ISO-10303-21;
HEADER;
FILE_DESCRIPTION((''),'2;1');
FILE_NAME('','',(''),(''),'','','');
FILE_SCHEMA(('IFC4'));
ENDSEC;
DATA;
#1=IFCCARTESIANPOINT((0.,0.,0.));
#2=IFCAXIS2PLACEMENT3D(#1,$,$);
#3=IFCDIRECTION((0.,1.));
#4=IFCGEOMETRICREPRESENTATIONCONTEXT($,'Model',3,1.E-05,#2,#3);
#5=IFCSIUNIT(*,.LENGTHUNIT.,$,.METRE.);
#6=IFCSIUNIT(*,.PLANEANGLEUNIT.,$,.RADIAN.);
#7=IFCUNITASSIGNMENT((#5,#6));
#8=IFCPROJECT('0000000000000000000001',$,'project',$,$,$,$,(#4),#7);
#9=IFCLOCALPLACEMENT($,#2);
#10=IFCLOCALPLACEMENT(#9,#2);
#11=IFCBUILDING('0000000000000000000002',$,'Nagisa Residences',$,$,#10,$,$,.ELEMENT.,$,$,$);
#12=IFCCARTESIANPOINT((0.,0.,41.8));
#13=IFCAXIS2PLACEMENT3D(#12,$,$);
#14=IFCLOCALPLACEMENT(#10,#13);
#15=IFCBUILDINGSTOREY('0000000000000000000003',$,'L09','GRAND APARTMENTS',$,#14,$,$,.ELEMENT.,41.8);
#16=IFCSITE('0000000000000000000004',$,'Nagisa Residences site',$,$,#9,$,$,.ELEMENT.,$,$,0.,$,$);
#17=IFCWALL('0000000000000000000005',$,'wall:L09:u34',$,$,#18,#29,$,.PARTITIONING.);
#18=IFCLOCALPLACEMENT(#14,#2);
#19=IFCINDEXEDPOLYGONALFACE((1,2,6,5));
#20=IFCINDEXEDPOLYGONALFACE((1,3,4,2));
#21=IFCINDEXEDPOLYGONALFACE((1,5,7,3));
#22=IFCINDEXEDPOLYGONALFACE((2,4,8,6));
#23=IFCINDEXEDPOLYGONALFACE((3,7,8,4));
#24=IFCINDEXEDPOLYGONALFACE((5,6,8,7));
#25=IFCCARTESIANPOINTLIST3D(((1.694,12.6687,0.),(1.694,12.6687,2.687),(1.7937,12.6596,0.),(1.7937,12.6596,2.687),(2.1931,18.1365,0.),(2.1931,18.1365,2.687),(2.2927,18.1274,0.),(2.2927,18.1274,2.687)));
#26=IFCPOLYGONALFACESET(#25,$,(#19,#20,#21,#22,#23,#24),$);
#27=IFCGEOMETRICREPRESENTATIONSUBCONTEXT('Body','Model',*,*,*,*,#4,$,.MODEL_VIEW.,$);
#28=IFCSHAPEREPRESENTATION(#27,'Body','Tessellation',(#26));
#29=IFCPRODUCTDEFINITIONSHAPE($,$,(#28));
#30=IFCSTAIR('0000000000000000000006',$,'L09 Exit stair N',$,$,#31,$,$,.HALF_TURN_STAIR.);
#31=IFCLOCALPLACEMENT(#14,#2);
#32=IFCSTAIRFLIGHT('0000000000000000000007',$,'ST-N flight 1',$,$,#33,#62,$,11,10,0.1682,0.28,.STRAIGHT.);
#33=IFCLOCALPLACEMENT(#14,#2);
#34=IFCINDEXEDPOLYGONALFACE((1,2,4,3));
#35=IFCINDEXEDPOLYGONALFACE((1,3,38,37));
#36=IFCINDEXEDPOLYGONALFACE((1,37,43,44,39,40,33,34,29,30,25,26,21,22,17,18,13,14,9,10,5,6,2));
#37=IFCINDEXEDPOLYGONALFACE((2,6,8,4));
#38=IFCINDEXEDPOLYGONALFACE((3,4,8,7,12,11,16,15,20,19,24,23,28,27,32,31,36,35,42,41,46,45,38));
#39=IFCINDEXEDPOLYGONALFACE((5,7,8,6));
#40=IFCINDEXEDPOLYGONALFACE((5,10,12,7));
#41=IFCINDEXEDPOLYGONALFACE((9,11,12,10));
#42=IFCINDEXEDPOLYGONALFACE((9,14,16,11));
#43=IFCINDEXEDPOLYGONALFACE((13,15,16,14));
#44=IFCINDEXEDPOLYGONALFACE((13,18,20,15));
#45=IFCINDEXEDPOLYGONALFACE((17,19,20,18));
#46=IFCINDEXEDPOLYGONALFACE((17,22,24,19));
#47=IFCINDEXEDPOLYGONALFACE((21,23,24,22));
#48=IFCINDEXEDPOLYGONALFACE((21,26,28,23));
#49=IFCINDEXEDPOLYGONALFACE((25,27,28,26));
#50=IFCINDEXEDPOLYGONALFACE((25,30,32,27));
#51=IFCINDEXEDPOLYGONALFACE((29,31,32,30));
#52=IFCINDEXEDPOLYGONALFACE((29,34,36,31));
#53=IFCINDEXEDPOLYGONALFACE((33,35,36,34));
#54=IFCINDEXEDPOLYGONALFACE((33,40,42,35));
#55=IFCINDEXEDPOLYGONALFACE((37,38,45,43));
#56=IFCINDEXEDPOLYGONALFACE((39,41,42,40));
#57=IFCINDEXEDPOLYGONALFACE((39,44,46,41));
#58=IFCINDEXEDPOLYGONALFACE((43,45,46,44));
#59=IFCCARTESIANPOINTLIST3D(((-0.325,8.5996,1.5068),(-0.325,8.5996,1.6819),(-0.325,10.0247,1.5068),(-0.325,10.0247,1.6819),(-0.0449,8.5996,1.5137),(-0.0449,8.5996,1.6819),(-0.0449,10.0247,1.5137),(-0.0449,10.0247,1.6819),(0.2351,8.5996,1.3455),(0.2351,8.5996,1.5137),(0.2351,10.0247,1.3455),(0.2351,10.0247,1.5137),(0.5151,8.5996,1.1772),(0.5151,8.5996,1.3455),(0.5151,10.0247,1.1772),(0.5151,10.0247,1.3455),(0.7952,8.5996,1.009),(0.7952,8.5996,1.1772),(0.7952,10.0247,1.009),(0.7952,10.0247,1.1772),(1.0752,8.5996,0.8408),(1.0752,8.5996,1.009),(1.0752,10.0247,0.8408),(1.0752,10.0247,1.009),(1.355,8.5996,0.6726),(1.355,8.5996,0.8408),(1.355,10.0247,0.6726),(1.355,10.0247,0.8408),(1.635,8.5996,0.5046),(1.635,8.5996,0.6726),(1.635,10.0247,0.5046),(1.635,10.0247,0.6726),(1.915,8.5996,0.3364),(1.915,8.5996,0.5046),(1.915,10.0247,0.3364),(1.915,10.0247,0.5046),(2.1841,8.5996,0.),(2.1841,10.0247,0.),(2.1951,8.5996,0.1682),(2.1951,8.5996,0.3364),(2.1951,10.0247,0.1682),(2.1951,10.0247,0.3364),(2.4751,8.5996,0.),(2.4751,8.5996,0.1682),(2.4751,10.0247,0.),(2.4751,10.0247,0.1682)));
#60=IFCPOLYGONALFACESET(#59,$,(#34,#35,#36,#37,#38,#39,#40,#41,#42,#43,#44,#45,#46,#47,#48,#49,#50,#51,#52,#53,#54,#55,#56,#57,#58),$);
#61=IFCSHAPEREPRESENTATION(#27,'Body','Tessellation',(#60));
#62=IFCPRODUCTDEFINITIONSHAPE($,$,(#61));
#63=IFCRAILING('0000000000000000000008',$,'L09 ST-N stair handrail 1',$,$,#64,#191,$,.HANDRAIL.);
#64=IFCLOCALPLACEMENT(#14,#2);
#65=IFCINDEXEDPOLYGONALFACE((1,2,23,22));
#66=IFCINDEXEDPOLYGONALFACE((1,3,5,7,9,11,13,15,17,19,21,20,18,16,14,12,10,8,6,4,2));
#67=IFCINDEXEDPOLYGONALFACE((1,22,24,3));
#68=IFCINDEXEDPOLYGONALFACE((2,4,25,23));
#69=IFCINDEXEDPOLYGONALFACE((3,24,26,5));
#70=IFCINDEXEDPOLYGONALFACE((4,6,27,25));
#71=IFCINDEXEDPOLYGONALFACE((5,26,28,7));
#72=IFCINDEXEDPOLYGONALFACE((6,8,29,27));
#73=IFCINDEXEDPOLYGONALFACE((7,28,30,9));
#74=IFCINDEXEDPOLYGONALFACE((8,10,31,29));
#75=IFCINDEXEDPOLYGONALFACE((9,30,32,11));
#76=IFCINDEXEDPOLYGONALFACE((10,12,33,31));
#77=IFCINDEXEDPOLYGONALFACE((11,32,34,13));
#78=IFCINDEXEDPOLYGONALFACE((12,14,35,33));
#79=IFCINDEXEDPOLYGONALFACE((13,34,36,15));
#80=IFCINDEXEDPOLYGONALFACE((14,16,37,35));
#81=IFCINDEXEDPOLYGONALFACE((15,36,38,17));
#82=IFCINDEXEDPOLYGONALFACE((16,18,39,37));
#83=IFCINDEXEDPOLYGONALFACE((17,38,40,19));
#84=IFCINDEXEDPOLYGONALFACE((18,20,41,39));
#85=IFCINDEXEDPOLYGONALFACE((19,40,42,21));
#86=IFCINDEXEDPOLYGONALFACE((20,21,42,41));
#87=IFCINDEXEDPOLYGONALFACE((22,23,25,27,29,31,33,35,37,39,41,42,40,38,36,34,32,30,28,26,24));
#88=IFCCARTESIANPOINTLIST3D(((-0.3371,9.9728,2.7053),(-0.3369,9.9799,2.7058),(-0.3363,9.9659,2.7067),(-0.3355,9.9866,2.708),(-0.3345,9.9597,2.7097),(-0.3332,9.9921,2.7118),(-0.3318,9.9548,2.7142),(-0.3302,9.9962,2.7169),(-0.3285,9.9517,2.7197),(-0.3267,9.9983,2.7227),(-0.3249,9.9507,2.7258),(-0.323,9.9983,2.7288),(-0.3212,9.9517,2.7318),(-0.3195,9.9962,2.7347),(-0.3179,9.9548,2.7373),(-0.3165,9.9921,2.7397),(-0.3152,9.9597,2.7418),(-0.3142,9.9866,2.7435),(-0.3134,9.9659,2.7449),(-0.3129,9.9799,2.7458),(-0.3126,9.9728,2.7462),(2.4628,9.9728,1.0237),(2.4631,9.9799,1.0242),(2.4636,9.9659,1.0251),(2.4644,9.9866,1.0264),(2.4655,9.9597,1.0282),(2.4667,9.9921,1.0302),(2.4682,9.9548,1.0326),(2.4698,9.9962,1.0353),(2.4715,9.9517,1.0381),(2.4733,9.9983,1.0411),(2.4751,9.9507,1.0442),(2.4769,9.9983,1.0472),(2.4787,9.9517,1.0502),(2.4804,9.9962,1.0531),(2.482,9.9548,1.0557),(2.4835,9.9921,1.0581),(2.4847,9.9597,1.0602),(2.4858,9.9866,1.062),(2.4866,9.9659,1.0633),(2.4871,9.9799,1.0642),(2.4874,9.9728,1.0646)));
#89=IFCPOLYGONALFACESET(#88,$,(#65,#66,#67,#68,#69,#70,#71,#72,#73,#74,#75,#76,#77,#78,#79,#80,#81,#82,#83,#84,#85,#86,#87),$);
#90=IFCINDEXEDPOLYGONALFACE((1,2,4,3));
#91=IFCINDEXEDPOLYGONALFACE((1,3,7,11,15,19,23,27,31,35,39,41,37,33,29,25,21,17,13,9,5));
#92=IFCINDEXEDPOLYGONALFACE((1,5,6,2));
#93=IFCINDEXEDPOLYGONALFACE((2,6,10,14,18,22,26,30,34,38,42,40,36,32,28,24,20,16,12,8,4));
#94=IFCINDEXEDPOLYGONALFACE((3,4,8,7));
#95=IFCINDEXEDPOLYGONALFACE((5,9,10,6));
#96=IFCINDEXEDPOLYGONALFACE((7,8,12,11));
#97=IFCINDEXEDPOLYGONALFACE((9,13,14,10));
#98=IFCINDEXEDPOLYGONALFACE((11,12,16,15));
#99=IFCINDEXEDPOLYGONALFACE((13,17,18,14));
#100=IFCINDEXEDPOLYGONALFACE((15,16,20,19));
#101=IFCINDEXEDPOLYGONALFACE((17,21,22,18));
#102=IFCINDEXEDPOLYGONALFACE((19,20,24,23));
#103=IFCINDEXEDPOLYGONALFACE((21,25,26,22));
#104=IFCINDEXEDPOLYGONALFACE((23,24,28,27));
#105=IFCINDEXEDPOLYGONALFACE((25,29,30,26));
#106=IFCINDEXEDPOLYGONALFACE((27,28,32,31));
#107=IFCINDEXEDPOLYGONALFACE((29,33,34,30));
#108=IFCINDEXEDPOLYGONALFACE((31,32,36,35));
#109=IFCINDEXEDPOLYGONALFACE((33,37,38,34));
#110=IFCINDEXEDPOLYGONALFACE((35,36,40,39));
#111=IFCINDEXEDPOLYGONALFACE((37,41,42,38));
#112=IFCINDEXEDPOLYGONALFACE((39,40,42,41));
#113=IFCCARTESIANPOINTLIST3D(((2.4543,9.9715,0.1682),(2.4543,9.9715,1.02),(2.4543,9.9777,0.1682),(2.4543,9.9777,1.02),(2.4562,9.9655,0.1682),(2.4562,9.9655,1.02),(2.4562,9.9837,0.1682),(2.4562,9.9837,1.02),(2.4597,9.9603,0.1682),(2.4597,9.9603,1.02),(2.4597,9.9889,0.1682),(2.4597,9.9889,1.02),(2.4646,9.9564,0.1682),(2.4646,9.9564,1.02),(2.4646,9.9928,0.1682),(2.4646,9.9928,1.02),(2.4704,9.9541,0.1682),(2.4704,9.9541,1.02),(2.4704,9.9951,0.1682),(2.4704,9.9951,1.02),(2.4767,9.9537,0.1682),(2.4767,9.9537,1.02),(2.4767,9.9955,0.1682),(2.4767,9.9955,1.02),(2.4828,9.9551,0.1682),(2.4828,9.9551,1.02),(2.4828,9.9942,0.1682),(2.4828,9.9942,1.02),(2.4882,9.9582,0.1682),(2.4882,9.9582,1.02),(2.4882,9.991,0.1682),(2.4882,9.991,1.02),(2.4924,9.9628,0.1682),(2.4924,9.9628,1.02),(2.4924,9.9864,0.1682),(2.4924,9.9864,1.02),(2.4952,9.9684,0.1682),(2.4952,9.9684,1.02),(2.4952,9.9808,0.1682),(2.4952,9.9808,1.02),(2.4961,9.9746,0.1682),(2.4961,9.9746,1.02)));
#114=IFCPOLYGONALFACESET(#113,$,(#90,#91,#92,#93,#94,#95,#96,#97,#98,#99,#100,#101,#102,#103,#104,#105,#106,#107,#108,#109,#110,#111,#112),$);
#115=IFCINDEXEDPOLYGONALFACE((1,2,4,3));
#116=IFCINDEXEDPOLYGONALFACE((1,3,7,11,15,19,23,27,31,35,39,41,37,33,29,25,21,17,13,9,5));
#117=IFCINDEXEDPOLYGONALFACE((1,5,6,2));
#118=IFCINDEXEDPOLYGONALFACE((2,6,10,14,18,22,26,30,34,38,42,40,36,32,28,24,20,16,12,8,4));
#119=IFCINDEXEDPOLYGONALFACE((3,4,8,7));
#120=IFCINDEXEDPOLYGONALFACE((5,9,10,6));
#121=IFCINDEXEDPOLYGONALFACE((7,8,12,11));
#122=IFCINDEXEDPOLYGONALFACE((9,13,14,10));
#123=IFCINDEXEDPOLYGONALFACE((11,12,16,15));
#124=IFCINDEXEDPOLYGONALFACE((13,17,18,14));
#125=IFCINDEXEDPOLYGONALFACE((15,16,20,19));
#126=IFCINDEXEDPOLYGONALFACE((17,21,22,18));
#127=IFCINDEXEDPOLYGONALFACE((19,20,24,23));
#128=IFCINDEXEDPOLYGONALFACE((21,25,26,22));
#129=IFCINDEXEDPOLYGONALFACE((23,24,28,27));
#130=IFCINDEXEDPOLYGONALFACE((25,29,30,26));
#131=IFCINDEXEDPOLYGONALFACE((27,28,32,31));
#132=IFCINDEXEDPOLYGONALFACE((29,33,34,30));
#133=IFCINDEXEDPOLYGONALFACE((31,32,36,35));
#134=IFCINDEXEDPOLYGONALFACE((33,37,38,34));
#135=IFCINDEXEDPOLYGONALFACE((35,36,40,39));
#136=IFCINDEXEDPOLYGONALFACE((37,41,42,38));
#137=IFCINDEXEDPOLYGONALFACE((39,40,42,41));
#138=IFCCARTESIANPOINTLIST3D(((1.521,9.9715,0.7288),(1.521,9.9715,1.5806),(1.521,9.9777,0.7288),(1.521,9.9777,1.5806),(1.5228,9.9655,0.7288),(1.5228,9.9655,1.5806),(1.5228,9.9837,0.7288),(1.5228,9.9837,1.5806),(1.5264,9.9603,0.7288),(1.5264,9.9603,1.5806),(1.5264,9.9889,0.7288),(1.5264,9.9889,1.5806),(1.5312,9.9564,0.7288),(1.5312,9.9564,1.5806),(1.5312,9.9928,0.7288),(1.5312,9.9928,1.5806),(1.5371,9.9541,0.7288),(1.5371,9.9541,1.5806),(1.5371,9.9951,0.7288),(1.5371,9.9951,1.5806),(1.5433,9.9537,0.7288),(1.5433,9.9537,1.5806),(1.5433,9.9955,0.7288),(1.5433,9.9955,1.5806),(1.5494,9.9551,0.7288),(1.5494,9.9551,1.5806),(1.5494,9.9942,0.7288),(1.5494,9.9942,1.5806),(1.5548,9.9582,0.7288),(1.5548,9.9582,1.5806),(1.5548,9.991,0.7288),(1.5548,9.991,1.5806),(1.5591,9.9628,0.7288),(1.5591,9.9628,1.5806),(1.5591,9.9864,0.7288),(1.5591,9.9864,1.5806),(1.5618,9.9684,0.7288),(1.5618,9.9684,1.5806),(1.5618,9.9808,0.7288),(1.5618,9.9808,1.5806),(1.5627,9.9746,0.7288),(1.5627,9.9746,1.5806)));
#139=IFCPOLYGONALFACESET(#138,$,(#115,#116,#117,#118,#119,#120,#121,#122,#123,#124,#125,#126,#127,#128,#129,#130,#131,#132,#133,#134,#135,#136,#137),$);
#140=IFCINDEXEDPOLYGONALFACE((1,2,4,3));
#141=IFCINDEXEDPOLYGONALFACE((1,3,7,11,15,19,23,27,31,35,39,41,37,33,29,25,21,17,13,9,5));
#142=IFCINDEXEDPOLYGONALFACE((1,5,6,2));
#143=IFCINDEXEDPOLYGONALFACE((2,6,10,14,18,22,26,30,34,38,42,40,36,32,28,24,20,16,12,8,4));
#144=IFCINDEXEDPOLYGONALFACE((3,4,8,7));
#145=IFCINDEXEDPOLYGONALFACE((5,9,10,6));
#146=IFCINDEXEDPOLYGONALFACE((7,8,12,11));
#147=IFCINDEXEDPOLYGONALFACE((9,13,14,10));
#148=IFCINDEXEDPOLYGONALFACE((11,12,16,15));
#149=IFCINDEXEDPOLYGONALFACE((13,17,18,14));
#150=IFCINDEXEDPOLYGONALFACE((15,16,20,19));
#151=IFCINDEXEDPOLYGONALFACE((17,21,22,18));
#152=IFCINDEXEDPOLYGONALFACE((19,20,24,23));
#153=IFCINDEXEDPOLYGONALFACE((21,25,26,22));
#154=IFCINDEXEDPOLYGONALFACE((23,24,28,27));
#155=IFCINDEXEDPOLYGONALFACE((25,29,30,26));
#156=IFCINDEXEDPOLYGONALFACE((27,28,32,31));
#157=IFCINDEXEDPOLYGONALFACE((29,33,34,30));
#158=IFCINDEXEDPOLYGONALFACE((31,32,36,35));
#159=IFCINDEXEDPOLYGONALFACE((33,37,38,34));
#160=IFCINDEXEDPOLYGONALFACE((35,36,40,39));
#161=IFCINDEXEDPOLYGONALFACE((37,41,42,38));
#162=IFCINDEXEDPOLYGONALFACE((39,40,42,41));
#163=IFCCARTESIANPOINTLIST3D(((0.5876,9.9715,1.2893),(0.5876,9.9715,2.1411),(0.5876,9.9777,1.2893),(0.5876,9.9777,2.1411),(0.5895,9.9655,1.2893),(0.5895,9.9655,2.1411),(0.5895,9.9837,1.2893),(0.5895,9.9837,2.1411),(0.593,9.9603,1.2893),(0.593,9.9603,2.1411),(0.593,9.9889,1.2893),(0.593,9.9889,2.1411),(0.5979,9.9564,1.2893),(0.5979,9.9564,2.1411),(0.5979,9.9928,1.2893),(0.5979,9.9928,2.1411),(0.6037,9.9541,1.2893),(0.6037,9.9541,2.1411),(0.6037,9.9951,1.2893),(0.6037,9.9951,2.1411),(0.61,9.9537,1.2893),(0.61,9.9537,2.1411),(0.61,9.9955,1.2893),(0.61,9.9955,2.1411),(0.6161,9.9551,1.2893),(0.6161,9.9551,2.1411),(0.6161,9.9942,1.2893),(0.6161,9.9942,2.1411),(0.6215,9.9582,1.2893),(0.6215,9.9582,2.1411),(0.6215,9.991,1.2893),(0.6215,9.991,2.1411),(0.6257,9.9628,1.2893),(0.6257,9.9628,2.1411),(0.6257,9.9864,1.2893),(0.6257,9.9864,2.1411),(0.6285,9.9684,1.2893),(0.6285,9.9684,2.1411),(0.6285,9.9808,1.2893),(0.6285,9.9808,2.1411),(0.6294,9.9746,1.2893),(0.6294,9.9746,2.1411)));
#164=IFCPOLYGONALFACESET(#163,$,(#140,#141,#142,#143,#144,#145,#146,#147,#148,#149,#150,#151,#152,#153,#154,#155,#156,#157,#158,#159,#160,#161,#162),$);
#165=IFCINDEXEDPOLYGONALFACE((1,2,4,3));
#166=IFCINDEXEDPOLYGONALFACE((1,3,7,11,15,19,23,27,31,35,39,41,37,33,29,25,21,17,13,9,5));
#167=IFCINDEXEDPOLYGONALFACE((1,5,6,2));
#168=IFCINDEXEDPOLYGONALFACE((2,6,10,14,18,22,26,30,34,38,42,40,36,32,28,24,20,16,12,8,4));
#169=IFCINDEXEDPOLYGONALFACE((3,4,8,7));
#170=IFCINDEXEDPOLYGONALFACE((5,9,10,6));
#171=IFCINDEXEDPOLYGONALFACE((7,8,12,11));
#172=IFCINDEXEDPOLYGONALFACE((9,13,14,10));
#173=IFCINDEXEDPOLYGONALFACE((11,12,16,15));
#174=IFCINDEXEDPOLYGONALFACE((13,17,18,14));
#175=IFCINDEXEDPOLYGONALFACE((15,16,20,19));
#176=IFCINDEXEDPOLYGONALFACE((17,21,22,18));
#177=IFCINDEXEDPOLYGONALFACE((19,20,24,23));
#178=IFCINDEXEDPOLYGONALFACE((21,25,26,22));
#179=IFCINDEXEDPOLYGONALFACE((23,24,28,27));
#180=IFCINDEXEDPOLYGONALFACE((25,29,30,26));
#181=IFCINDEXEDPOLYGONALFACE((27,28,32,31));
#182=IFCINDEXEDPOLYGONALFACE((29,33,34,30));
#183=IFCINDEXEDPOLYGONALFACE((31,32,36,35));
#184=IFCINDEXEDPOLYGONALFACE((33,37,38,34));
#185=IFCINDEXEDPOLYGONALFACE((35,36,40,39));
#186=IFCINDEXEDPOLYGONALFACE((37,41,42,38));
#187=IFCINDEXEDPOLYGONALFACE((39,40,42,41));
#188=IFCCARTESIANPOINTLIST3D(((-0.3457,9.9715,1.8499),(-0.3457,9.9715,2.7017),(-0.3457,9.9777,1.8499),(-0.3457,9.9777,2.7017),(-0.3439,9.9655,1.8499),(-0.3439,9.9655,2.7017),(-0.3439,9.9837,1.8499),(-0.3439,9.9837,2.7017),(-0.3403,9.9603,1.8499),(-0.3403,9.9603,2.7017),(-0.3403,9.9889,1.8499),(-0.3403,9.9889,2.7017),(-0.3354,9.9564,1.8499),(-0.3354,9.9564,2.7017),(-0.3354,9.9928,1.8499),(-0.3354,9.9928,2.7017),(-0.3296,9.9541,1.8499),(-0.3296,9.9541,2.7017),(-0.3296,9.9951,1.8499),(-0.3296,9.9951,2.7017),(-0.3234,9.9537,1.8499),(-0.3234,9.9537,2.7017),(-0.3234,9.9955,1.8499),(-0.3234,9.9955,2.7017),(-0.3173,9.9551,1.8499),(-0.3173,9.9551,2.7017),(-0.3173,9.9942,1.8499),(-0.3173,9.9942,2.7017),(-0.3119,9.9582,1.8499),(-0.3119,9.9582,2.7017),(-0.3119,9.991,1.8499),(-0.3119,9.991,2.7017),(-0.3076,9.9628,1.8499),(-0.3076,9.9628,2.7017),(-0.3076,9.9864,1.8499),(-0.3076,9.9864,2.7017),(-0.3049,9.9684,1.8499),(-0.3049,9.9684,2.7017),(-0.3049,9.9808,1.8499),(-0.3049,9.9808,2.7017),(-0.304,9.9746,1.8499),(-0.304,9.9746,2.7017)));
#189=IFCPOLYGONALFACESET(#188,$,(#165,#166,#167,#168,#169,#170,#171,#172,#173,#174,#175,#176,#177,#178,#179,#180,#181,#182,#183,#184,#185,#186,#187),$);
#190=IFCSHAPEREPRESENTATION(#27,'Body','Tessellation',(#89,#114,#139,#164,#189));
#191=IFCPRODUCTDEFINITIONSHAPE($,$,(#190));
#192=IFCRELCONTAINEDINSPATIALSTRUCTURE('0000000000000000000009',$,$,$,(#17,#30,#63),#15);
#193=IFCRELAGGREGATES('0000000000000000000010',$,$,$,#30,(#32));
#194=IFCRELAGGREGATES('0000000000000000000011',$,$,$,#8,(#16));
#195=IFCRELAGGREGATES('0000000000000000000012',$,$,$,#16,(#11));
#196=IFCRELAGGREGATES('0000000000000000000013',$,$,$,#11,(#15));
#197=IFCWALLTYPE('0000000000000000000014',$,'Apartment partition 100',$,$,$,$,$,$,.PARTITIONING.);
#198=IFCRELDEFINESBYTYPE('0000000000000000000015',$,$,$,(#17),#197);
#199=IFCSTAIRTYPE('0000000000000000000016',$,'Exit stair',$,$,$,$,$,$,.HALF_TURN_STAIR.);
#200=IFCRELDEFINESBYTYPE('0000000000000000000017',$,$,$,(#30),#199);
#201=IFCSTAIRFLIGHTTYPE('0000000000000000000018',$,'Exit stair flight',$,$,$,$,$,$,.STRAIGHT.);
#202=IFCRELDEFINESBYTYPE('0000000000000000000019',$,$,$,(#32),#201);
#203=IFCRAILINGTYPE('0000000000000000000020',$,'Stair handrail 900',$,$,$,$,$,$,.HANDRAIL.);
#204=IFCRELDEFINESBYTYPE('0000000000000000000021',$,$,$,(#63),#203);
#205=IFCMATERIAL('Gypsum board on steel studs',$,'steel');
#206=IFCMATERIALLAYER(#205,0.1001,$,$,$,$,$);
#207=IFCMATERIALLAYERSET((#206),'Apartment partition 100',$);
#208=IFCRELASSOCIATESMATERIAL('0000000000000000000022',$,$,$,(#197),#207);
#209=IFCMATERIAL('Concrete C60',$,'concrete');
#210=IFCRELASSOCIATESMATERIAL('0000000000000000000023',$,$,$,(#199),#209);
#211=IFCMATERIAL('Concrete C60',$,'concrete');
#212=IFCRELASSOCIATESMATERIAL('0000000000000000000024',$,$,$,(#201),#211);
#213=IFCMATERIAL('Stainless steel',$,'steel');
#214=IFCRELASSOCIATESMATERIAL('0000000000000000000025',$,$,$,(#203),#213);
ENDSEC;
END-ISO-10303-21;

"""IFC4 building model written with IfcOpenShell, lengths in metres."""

from ifc_helpers import new_model, si_unit, direction, frame, frame_2d, origin, origin_2d, place, context, subcontext, project, spatial, polyline, rectangle, circle, outline, extrude, material, layer, layer_set, type_object, element, aggregate, save


model = new_model("IFC4")

# Units and contexts
model_context = context("Model", 3, precision=1e-05, world=origin(), true_north=direction((0.0, 1.0)))
body_context = subcontext(model_context, "Body", "Model", "MODEL_VIEW")
ifc_project = project(units=[si_unit("LENGTHUNIT", "METRE"), si_unit("PLANEANGLEUNIT", "RADIAN")], contexts=[model_context])

# Site, building, storey
site_placement = place(None, origin())
site = spatial("IfcSite", under=ifc_project, at=site_placement, Name="Nagisa Residences site", CompositionType="ELEMENT", RefElevation=0.0)
building_placement = place(site_placement, origin())
building = spatial("IfcBuilding", under=site, at=building_placement, Name="Nagisa Residences", CompositionType="ELEMENT")
storey_placement = place(building_placement, frame((0.0, 0.0, 41.8)))
storey = spatial("IfcBuildingStorey", under=building, at=storey_placement, Name="L09", Description="GRAND APARTMENTS", CompositionType="ELEMENT", Elevation=41.8)

# Shared definitions
ifc_material_1 = material(Name="Gypsum board on steel studs", Category="steel")
ifc_layer_1 = layer(ifc_material_1, 0.1001)
ifc_layer_set_1 = layer_set([ifc_layer_1], Name="Apartment partition 100")
wall_type_1 = type_object("IfcWallType", Name="Apartment partition 100", PredefinedType="PARTITIONING", material=ifc_layer_set_1)

# Wall
wall_1_placement = place(storey_placement, frame((1.7439, 12.6643, 0.0), z_axis=(0.0, 0.0, 1.0), x_axis=(0.090889, 0.995861, 0.0)))
element("IfcWall", 1, at=wall_1_placement, inside=storey, type_object=wall_type_1, Name="wall:L09:u34", PredefinedType="PARTITIONING", context=body_context, shape_type="SweptSolid", body=[
    extrude(rectangle(XDim=5.4905, YDim=0.1001, at=frame_2d((2.7451, 0.0))), origin(), (0.0, 0.0, 1.0), 2.687),
])

# Stair, stair flight
ifc_material_2 = material(Name="Concrete C60", Category="concrete")
stair_type = type_object("IfcStairType", Name="Exit stair", PredefinedType="HALF_TURN_STAIR", material=ifc_material_2)
stair_placement = place(storey_placement, origin())
stair = element("IfcStair", 2, at=stair_placement, inside=storey, type_object=stair_type, Name="L09 Exit stair N", PredefinedType="HALF_TURN_STAIR")
ifc_material_3 = material(Name="Concrete C60", Category="concrete")
stair_flight_type = type_object("IfcStairFlightType", Name="Exit stair flight", PredefinedType="STRAIGHT", material=ifc_material_3)
stair_flight_placement = place(storey_placement, frame((2.4751, 9.312, 0.0), z_axis=(0.0, 0.0, 1.0), x_axis=(-1.0, 0.0, 0.0)))
stair_flight = element("IfcStairFlight", 3, at=stair_flight_placement, type_object=stair_flight_type, Name="ST-N flight 1", NumberOfRisers=11, NumberOfTreads=10, PredefinedType="STRAIGHT", RiserHeight=0.1682, TreadLength=0.28, context=body_context, shape_type="SweptSolid", body=[
    extrude(outline(polyline([(0.0, 0.0), (0.0, 0.1682), (0.28, 0.1682), (0.28, 0.3364), (0.5601, 0.3364), (0.5601, 0.5046), (0.8401, 0.5046), (0.8401, 0.6726), (1.1201, 0.6726), (1.1201, 0.8408), (1.3999, 0.8408), (1.3999, 1.009), (1.6799, 1.009), (1.6799, 1.1772), (1.96, 1.1772), (1.96, 1.3455), (2.24, 1.3455), (2.24, 1.5137), (2.52, 1.5137), (2.52, 1.6819), (2.8, 1.6819), (2.8, 1.8501), (2.8, 1.5068), (0.291, 0.0), (0.0, 0.0)])), frame((0.0, 0.7124, 0.0), z_axis=(0.0, -1.0, 0.0), x_axis=(1.0, 0.0, 0.0)), (0.0, 0.0, 1.0), 1.425),
])
aggregate(stair, [stair_flight])

# Railing
ifc_material_4 = material(Name="Stainless steel", Category="steel")
railing_type_1 = type_object("IfcRailingType", Name="Stair handrail 900", PredefinedType="HANDRAIL", material=ifc_material_4)
railing_1_placement = place(storey_placement, frame((2.4751, 9.9746, 0.1682)))
element("IfcRailing", 4, at=railing_1_placement, inside=storey, type_object=railing_type_1, Name="L09 ST-N stair handrail 1", PredefinedType="HANDRAIL", context=body_context, shape_type="SweptSolid", body=[
    extrude(circle(Radius=0.0239, at=origin_2d()), frame((0.0, 0.0, 0.876), z_axis=(-0.857275, 0.0, 0.514858), x_axis=(0.0, -1.0, 0.0)), (0.0, 0.0, 1.0), 3.2661),
    extrude(circle(Radius=0.021, at=origin_2d()), origin(), (0.0, 0.0, 1.0), 0.8518),
    extrude(circle(Radius=0.021, at=origin_2d()), frame((-0.9333, 0.0, 0.5605)), (0.0, 0.0, 1.0), 0.8518),
    extrude(circle(Radius=0.021, at=origin_2d()), frame((-1.8667, 0.0, 1.1211)), (0.0, 0.0, 1.0), 0.8518),
    extrude(circle(Radius=0.021, at=origin_2d()), frame((-2.8, 0.0, 1.6816)), (0.0, 0.0, 1.0), 0.8518),
])

save(model, "model.ifc")
